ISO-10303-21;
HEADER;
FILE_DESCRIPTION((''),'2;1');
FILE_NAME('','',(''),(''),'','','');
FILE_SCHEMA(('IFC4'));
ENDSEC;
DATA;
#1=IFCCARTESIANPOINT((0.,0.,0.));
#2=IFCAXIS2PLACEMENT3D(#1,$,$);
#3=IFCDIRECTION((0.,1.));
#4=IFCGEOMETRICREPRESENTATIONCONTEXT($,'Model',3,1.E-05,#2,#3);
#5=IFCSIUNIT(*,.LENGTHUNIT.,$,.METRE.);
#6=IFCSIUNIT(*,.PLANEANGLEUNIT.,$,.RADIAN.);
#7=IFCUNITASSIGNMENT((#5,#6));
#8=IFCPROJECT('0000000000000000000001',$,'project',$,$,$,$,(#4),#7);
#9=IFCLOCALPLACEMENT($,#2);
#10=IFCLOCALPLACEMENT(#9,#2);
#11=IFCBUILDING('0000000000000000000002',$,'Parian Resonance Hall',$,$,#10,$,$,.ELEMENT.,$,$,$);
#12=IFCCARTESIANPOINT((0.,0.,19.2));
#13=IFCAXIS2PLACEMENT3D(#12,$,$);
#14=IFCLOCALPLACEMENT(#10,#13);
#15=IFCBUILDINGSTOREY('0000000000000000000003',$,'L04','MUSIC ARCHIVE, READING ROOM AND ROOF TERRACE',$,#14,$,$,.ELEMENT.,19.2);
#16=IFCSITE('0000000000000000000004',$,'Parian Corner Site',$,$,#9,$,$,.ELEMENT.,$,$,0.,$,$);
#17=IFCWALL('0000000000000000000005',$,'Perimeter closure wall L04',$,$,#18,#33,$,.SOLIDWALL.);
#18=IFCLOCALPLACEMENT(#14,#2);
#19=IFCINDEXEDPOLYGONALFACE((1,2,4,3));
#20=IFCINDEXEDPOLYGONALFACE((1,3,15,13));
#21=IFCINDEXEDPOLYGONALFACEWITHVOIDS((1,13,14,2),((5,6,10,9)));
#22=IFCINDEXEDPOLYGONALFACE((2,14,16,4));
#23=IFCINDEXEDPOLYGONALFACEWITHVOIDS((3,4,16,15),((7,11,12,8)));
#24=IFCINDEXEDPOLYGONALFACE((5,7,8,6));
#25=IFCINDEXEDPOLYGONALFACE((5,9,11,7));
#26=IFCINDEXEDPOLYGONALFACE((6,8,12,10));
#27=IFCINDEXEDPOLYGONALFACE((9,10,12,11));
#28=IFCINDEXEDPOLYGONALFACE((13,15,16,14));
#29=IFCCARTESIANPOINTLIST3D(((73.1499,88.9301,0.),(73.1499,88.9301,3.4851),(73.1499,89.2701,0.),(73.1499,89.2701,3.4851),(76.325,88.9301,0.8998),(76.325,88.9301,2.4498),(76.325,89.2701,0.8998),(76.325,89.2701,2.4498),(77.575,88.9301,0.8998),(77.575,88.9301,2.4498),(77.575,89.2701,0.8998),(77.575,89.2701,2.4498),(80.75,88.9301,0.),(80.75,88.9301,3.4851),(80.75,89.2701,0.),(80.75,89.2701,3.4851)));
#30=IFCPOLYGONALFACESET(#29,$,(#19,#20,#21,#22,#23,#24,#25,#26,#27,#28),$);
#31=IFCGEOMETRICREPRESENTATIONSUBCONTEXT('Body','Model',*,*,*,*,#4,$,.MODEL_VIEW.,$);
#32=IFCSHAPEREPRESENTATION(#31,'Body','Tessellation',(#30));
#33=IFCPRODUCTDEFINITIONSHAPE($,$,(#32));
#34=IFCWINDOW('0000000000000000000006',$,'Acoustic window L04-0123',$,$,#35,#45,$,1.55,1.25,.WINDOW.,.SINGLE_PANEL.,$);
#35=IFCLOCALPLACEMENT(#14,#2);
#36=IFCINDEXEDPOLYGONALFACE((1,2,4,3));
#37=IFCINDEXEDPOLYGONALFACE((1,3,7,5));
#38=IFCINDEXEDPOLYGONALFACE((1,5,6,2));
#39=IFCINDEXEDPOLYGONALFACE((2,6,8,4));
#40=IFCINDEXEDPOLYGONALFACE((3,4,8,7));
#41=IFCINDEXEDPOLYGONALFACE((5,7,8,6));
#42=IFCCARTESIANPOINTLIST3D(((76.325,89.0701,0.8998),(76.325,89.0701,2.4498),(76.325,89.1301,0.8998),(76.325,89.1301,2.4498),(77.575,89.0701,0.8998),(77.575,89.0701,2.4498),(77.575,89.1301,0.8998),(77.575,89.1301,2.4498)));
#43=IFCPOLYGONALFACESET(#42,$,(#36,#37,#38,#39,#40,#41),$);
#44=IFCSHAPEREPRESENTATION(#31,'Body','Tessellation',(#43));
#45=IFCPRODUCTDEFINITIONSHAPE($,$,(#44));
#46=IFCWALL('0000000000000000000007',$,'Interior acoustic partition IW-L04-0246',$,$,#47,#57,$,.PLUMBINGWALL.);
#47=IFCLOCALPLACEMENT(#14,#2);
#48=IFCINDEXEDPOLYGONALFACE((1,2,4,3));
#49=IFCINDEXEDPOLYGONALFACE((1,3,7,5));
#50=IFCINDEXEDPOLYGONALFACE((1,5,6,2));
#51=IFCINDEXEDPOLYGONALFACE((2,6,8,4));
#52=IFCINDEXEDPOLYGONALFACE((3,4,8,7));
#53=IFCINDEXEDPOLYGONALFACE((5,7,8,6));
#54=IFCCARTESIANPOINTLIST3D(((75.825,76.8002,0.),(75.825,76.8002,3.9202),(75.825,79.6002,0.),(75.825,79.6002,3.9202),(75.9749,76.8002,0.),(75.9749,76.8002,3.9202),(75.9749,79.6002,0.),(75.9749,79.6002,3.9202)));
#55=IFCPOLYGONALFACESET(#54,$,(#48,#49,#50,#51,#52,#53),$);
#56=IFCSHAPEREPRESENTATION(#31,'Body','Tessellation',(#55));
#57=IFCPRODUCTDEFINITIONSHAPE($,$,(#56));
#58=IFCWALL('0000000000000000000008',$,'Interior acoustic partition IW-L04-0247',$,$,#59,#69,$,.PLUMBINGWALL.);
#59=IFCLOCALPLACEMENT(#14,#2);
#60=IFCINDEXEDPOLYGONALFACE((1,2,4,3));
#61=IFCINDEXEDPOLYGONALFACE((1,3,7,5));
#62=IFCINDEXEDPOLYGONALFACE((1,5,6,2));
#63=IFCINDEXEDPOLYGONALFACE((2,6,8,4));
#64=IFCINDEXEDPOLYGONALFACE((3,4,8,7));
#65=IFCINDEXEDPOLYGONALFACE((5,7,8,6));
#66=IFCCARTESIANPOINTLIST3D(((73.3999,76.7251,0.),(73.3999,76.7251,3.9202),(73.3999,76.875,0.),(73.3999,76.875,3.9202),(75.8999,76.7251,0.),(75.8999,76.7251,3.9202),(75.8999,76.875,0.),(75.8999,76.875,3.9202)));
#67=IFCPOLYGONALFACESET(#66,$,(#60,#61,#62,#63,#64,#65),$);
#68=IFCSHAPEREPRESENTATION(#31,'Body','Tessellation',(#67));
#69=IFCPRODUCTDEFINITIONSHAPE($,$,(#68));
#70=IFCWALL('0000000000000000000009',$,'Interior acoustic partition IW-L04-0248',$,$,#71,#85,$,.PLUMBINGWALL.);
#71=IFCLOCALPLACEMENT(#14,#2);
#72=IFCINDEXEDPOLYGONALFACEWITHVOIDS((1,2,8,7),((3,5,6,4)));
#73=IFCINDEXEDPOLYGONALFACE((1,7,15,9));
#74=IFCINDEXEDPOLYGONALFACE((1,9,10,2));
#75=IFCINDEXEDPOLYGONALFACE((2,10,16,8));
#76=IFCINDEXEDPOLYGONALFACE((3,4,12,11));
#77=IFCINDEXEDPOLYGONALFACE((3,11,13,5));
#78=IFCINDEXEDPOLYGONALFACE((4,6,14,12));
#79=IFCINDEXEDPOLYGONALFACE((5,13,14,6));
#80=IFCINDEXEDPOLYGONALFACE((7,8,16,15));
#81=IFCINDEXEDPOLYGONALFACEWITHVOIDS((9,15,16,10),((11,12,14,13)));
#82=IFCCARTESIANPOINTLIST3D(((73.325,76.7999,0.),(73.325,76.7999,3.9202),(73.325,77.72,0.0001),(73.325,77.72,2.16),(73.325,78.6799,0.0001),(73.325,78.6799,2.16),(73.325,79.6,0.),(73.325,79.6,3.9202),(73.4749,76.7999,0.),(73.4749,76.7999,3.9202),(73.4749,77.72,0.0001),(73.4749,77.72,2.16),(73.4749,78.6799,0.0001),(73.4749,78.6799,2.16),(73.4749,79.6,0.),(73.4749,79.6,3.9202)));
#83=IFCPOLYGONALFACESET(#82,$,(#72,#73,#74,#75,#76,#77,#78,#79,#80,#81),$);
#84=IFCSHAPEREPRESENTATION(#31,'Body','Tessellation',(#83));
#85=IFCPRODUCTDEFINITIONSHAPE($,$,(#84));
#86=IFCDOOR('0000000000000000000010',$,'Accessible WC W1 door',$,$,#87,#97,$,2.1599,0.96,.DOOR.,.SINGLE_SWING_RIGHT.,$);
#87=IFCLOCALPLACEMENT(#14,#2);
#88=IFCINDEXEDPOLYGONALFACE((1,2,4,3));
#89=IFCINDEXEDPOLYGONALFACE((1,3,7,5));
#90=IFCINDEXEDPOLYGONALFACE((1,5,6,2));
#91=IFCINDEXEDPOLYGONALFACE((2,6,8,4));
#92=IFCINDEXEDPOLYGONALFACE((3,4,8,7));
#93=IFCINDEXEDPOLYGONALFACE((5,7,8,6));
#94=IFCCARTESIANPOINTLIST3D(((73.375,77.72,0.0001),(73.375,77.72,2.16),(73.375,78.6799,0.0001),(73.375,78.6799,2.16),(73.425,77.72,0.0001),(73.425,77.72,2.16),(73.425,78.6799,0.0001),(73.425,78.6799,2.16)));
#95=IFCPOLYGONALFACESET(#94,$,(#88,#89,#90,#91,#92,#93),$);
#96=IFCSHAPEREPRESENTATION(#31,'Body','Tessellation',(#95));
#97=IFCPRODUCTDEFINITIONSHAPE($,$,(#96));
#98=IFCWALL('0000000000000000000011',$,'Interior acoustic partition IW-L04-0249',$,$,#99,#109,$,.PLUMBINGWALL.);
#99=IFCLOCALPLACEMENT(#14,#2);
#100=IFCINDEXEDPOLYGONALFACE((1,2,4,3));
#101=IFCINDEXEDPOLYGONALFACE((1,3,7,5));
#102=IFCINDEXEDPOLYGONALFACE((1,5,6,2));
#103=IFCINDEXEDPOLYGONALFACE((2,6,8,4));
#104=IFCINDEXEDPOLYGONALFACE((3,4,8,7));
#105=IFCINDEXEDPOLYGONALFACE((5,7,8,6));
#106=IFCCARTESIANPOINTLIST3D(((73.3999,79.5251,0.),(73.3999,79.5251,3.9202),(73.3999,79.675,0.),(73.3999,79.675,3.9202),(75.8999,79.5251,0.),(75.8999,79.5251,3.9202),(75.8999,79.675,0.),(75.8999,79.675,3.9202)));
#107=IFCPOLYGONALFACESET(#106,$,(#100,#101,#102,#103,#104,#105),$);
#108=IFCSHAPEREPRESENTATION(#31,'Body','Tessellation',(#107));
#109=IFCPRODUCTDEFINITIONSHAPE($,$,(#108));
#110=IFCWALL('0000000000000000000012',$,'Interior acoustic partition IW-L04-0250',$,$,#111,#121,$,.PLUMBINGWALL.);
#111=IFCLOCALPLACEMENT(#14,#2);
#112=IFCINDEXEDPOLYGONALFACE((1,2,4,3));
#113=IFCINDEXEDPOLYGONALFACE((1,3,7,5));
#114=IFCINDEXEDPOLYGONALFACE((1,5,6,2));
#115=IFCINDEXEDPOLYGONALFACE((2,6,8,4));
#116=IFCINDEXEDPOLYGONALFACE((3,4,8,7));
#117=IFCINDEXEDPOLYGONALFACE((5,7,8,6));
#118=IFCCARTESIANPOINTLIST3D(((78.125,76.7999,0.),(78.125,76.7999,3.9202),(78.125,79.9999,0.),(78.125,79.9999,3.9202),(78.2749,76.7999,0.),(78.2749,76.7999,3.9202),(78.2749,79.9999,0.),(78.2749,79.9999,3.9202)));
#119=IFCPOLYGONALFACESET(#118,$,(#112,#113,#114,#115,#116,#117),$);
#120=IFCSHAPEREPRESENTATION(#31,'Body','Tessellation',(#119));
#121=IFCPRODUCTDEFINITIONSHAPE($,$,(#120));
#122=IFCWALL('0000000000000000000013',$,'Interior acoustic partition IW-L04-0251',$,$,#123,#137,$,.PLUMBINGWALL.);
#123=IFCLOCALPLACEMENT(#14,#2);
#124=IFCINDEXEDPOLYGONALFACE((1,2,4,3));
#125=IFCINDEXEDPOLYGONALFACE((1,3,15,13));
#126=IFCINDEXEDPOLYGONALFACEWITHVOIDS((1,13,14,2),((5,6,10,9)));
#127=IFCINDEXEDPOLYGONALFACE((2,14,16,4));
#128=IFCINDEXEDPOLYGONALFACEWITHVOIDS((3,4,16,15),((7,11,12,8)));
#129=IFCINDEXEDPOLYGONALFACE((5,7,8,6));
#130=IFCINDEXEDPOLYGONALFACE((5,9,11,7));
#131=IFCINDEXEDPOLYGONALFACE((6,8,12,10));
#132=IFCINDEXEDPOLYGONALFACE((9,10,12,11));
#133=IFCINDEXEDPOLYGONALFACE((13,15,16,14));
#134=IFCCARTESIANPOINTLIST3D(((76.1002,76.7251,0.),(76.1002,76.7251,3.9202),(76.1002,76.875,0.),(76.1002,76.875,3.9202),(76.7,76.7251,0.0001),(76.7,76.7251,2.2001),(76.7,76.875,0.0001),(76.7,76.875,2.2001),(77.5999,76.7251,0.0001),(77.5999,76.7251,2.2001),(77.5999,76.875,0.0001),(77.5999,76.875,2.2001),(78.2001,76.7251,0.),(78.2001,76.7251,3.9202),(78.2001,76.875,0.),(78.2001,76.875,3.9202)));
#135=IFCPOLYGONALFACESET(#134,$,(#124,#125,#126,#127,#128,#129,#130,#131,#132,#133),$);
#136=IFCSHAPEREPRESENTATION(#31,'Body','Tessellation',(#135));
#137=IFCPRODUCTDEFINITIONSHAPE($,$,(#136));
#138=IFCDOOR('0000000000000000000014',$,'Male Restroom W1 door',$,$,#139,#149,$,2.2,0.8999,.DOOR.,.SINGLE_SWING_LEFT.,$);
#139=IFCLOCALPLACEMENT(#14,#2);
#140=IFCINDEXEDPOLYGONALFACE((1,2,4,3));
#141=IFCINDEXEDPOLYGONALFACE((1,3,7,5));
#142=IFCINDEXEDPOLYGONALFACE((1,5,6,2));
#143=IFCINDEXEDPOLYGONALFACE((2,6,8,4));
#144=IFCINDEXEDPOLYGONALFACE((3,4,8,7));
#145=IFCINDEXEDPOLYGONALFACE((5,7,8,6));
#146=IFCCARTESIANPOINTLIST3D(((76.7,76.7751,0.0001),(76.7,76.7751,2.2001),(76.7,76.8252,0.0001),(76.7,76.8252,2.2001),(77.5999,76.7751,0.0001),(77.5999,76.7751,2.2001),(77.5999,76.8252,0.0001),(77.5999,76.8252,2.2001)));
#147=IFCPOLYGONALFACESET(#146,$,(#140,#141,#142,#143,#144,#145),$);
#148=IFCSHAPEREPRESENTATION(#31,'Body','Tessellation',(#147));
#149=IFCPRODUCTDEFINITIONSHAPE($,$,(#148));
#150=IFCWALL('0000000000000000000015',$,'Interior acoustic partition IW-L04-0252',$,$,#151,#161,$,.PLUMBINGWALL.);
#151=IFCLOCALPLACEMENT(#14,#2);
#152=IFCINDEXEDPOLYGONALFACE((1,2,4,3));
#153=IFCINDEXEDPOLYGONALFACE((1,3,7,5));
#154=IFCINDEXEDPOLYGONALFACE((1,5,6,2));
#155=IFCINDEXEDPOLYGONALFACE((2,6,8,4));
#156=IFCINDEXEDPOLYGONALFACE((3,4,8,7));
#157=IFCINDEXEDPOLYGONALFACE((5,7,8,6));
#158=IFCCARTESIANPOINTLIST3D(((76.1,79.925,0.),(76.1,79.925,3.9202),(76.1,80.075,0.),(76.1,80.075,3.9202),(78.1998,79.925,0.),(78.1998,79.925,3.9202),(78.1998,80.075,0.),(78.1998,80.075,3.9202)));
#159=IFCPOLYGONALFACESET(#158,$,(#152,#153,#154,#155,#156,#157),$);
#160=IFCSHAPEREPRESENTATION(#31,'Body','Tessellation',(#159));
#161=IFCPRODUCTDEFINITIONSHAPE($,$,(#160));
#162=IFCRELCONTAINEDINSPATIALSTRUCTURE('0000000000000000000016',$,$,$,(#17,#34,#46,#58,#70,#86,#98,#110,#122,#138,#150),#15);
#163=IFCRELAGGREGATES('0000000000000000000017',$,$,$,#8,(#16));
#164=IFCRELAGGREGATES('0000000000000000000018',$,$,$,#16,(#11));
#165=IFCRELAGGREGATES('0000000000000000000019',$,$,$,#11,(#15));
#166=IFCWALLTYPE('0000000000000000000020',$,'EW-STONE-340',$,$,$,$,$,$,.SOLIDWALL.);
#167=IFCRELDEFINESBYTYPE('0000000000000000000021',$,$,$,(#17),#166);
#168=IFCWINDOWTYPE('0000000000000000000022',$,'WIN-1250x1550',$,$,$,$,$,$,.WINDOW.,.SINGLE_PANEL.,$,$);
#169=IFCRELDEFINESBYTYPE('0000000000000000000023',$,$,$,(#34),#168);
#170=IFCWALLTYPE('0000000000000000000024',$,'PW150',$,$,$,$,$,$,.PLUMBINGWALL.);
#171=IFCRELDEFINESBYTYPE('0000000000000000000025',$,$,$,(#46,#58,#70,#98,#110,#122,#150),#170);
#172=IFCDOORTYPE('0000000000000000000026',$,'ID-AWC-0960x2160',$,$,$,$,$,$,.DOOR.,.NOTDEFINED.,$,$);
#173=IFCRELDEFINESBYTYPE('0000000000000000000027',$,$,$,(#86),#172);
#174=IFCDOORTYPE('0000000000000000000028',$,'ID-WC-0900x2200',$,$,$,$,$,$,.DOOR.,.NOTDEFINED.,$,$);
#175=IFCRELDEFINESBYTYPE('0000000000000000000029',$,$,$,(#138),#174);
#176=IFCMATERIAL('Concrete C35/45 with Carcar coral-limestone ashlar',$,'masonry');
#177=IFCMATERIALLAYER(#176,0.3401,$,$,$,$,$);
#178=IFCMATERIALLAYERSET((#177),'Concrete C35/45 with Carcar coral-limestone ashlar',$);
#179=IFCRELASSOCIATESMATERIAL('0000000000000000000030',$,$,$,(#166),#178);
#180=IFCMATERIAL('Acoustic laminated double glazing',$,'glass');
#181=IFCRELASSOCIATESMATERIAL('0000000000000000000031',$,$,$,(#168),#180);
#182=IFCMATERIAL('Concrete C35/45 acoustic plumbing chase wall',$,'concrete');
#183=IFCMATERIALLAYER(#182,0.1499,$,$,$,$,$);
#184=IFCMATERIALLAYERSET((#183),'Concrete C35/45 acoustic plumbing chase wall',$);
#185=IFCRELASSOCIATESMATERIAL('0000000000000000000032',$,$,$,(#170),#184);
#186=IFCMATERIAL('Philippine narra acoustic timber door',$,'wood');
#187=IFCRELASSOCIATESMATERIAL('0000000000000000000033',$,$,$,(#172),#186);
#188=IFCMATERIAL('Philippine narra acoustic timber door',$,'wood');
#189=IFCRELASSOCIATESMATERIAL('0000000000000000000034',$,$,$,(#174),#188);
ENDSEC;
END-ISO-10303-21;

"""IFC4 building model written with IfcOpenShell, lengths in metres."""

from ifc_helpers import new_model, si_unit, direction, frame, frame_2d, origin, place, context, subcontext, project, spatial, rectangle, extrude, material, layer, layer_set, type_object, element, fill, save


model = new_model("IFC4")

# Units and contexts
model_context = context("Model", 3, precision=1e-05, world=origin(), true_north=direction((0.0, 1.0)))
body_context = subcontext(model_context, "Body", "Model", "MODEL_VIEW")
ifc_project = project(units=[si_unit("LENGTHUNIT", "METRE"), si_unit("PLANEANGLEUNIT", "RADIAN")], contexts=[model_context])

# Site, building, storey
site_placement = place(None, origin())
site = spatial("IfcSite", under=ifc_project, at=site_placement, Name="Parian Corner Site", CompositionType="ELEMENT", RefElevation=0.0)
building_placement = place(site_placement, origin())
building = spatial("IfcBuilding", under=site, at=building_placement, Name="Parian Resonance Hall", CompositionType="ELEMENT")
storey_placement = place(building_placement, frame((0.0, 0.0, 19.2)))
storey = spatial("IfcBuildingStorey", under=building, at=storey_placement, Name="L04", Description="MUSIC ARCHIVE, READING ROOM AND ROOF TERRACE", CompositionType="ELEMENT", Elevation=19.2)

# Wall, opening, window
ifc_material_1 = material(Name="Concrete C35/45 with Carcar coral-limestone ashlar", Category="masonry")
ifc_layer_1 = layer(ifc_material_1, 0.3401)
ifc_layer_set_1 = layer_set([ifc_layer_1], Name="Concrete C35/45 with Carcar coral-limestone ashlar")
wall_type_1 = type_object("IfcWallType", Name="EW-STONE-340", PredefinedType="SOLIDWALL", material=ifc_layer_set_1)
wall_1_placement = place(storey_placement, frame((80.75, 89.1001, 0.0), z_axis=(0.0, 0.0, 1.0), x_axis=(-1.0, 0.0, 0.0)))
wall_1 = element("IfcWall", 1, at=wall_1_placement, inside=storey, type_object=wall_type_1, Name="Perimeter closure wall L04", PredefinedType="SOLIDWALL", context=body_context, shape_type="SweptSolid", body=[
    extrude(rectangle(XDim=7.6001, YDim=0.3401, at=frame_2d((3.8, 0.0))), origin(), (0.0, 0.0, 1.0), 3.4851),
])
opening_1_placement = place(wall_1_placement, frame((3.175, 0.0, 0.8999)))
opening_1 = element("IfcOpeningElement", 2, at=opening_1_placement, cuts=wall_1, PredefinedType="OPENING", context=body_context, shape_type="SweptSolid", body=[
    extrude(rectangle(XDim=1.25, YDim=1.55, at=frame_2d((0.625, 0.7749))), frame((0.0, 0.1799, 0.0), z_axis=(0.0, -1.0, 0.0), x_axis=(1.0, 0.0, 0.0)), (0.0, 0.0, 1.0), 0.3601),
])
ifc_material_2 = material(Name="Acoustic laminated double glazing", Category="glass")
window_type = type_object("IfcWindowType", Name="WIN-1250x1550", PartitioningType="SINGLE_PANEL", PredefinedType="WINDOW", material=ifc_material_2)
window_placement = place(opening_1_placement, origin())
window = element("IfcWindow", 3, at=window_placement, inside=storey, type_object=window_type, Name="Acoustic window L04-0123", OverallHeight=1.55, OverallWidth=1.25, PartitioningType="SINGLE_PANEL", PredefinedType="WINDOW", context=body_context, shape_type="SweptSolid", body=[
    extrude(rectangle(XDim=1.25, YDim=1.55, at=frame_2d((0.625, 0.7749))), frame((0.0, 0.03, 0.0), z_axis=(0.0, -1.0, 0.0), x_axis=(1.0, 0.0, 0.0)), (0.0, 0.0, 1.0), 0.0601),
])
fill(opening_1, window)

# Walls
ifc_material_3 = material(Name="Concrete C35/45 acoustic plumbing chase wall", Category="concrete")
ifc_layer_2 = layer(ifc_material_3, 0.1499)
ifc_layer_set_2 = layer_set([ifc_layer_2], Name="Concrete C35/45 acoustic plumbing chase wall")
wall_type_2 = type_object("IfcWallType", Name="PW150", PredefinedType="PLUMBINGWALL", material=ifc_layer_set_2)
wall_2_placement = place(storey_placement, frame((75.8999, 79.6001, 0.0), z_axis=(0.0, 0.0, 1.0), x_axis=(0.0, -1.0, 0.0)))
element("IfcWall", 4, at=wall_2_placement, inside=storey, type_object=wall_type_2, Name="Interior acoustic partition IW-L04-0246", PredefinedType="PLUMBINGWALL", context=body_context, shape_type="SweptSolid", body=[
    extrude(rectangle(XDim=2.8, YDim=0.1499, at=frame_2d((1.3999, 0.0))), origin(), (0.0, 0.0, 1.0), 3.9202),
])
wall_3_placement = place(storey_placement, frame((75.8999, 76.8, 0.0), z_axis=(0.0, 0.0, 1.0), x_axis=(-1.0, 0.0, 0.0)))
element("IfcWall", 5, at=wall_3_placement, inside=storey, type_object=wall_type_2, Name="Interior acoustic partition IW-L04-0247", PredefinedType="PLUMBINGWALL", context=body_context, shape_type="SweptSolid", body=[
    extrude(rectangle(XDim=2.5, YDim=0.1499, at=frame_2d((1.25, 0.0))), origin(), (0.0, 0.0, 1.0), 3.9202),
])

# Wall, opening, door
wall_4_placement = place(storey_placement, frame((73.3999, 76.8, 0.0), z_axis=(0.0, 0.0, 1.0), x_axis=(0.0, 1.0, 0.0)))
wall_4 = element("IfcWall", 6, at=wall_4_placement, inside=storey, type_object=wall_type_2, Name="Interior acoustic partition IW-L04-0248", PredefinedType="PLUMBINGWALL", context=body_context, shape_type="SweptSolid", body=[
    extrude(rectangle(XDim=2.8, YDim=0.1499, at=frame_2d((1.3999, 0.0))), origin(), (0.0, 0.0, 1.0), 3.9202),
])
opening_2_placement = place(wall_4_placement, frame((0.9199, 0.0, 0.0)))
opening_2 = element("IfcOpeningElement", 7, at=opening_2_placement, cuts=wall_4, PredefinedType="OPENING", context=body_context, shape_type="SweptSolid", body=[
    extrude(rectangle(XDim=0.96, YDim=2.1599, at=frame_2d((0.48, 1.0801))), frame((0.0, 0.085, 0.0), z_axis=(0.0, -1.0, 0.0), x_axis=(1.0, 0.0, 0.0)), (0.0, 0.0, 1.0), 0.1699),
])
ifc_material_4 = material(Name="Philippine narra acoustic timber door", Category="wood")
door_type_1 = type_object("IfcDoorType", Name="ID-AWC-0960x2160", OperationType="NOTDEFINED", PredefinedType="DOOR", material=ifc_material_4)
door_1_placement = place(opening_2_placement, origin())
door_1 = element("IfcDoor", 8, at=door_1_placement, inside=storey, type_object=door_type_1, Name="Accessible WC W1 door", OperationType="SINGLE_SWING_RIGHT", OverallHeight=2.1599, OverallWidth=0.96, PredefinedType="DOOR", context=body_context, shape_type="SweptSolid", body=[
    extrude(rectangle(XDim=0.96, YDim=2.1599, at=frame_2d((0.48, 1.0801))), frame((0.0, 0.0249, 0.0), z_axis=(0.0, -1.0, 0.0), x_axis=(1.0, 0.0, 0.0)), (0.0, 0.0, 1.0), 0.05),
])
fill(opening_2, door_1)

# Walls
wall_5_placement = place(storey_placement, frame((73.3999, 79.6001, 0.0), z_axis=(0.0, 0.0, 1.0), x_axis=(1.0, 0.0, 0.0)))
element("IfcWall", 9, at=wall_5_placement, inside=storey, type_object=wall_type_2, Name="Interior acoustic partition IW-L04-0249", PredefinedType="PLUMBINGWALL", context=body_context, shape_type="SweptSolid", body=[
    extrude(rectangle(XDim=2.5, YDim=0.1499, at=frame_2d((1.25, 0.0))), origin(), (0.0, 0.0, 1.0), 3.9202),
])
wall_6_placement = place(storey_placement, frame((78.2, 80.0, 0.0), z_axis=(0.0, 0.0, 1.0), x_axis=(0.0, -1.0, 0.0)))
element("IfcWall", 10, at=wall_6_placement, inside=storey, type_object=wall_type_2, Name="Interior acoustic partition IW-L04-0250", PredefinedType="PLUMBINGWALL", context=body_context, shape_type="SweptSolid", body=[
    extrude(rectangle(XDim=3.2, YDim=0.1499, at=frame_2d((1.6001, 0.0))), origin(), (0.0, 0.0, 1.0), 3.9202),
])

# Wall, opening, door
wall_7_placement = place(storey_placement, frame((78.2, 76.8, 0.0), z_axis=(0.0, 0.0, 1.0), x_axis=(-1.0, 0.0, 0.0)))
wall_7 = element("IfcWall", 11, at=wall_7_placement, inside=storey, type_object=wall_type_2, Name="Interior acoustic partition IW-L04-0251", PredefinedType="PLUMBINGWALL", context=body_context, shape_type="SweptSolid", body=[
    extrude(rectangle(XDim=2.0999, YDim=0.1499, at=frame_2d((1.0498, 0.0))), origin(), (0.0, 0.0, 1.0), 3.9202),
])
opening_3_placement = place(wall_7_placement, frame((0.6001, 0.0, 0.0)))
opening_3 = element("IfcOpeningElement", 12, at=opening_3_placement, cuts=wall_7, PredefinedType="OPENING", context=body_context, shape_type="SweptSolid", body=[
    extrude(rectangle(XDim=0.8999, YDim=2.2, at=frame_2d((0.45, 1.1001))), frame((0.0, 0.085, 0.0), z_axis=(0.0, -1.0, 0.0), x_axis=(1.0, 0.0, 0.0)), (0.0, 0.0, 1.0), 0.1699),
])
ifc_material_5 = material(Name="Philippine narra acoustic timber door", Category="wood")
door_type_2 = type_object("IfcDoorType", Name="ID-WC-0900x2200", OperationType="NOTDEFINED", PredefinedType="DOOR", material=ifc_material_5)
door_2_placement = place(opening_3_placement, origin())
door_2 = element("IfcDoor", 13, at=door_2_placement, inside=storey, type_object=door_type_2, Name="Male Restroom W1 door", OperationType="SINGLE_SWING_LEFT", OverallHeight=2.2, OverallWidth=0.8999, PredefinedType="DOOR", context=body_context, shape_type="SweptSolid", body=[
    extrude(rectangle(XDim=0.8999, YDim=2.2, at=frame_2d((0.45, 1.1001))), frame((0.0, 0.0249, 0.0), z_axis=(0.0, -1.0, 0.0), x_axis=(1.0, 0.0, 0.0)), (0.0, 0.0, 1.0), 0.05),
])
fill(opening_3, door_2)

# Wall
wall_8_placement = place(storey_placement, frame((76.1001, 80.0, 0.0), z_axis=(0.0, 0.0, 1.0), x_axis=(1.0, 0.0, 0.0)))
element("IfcWall", 14, at=wall_8_placement, inside=storey, type_object=wall_type_2, Name="Interior acoustic partition IW-L04-0252", PredefinedType="PLUMBINGWALL", context=body_context, shape_type="SweptSolid", body=[
    extrude(rectangle(XDim=2.0999, YDim=0.1499, at=frame_2d((1.0498, 0.0))), origin(), (0.0, 0.0, 1.0), 3.9202),
])

save(model, "model.ifc")
